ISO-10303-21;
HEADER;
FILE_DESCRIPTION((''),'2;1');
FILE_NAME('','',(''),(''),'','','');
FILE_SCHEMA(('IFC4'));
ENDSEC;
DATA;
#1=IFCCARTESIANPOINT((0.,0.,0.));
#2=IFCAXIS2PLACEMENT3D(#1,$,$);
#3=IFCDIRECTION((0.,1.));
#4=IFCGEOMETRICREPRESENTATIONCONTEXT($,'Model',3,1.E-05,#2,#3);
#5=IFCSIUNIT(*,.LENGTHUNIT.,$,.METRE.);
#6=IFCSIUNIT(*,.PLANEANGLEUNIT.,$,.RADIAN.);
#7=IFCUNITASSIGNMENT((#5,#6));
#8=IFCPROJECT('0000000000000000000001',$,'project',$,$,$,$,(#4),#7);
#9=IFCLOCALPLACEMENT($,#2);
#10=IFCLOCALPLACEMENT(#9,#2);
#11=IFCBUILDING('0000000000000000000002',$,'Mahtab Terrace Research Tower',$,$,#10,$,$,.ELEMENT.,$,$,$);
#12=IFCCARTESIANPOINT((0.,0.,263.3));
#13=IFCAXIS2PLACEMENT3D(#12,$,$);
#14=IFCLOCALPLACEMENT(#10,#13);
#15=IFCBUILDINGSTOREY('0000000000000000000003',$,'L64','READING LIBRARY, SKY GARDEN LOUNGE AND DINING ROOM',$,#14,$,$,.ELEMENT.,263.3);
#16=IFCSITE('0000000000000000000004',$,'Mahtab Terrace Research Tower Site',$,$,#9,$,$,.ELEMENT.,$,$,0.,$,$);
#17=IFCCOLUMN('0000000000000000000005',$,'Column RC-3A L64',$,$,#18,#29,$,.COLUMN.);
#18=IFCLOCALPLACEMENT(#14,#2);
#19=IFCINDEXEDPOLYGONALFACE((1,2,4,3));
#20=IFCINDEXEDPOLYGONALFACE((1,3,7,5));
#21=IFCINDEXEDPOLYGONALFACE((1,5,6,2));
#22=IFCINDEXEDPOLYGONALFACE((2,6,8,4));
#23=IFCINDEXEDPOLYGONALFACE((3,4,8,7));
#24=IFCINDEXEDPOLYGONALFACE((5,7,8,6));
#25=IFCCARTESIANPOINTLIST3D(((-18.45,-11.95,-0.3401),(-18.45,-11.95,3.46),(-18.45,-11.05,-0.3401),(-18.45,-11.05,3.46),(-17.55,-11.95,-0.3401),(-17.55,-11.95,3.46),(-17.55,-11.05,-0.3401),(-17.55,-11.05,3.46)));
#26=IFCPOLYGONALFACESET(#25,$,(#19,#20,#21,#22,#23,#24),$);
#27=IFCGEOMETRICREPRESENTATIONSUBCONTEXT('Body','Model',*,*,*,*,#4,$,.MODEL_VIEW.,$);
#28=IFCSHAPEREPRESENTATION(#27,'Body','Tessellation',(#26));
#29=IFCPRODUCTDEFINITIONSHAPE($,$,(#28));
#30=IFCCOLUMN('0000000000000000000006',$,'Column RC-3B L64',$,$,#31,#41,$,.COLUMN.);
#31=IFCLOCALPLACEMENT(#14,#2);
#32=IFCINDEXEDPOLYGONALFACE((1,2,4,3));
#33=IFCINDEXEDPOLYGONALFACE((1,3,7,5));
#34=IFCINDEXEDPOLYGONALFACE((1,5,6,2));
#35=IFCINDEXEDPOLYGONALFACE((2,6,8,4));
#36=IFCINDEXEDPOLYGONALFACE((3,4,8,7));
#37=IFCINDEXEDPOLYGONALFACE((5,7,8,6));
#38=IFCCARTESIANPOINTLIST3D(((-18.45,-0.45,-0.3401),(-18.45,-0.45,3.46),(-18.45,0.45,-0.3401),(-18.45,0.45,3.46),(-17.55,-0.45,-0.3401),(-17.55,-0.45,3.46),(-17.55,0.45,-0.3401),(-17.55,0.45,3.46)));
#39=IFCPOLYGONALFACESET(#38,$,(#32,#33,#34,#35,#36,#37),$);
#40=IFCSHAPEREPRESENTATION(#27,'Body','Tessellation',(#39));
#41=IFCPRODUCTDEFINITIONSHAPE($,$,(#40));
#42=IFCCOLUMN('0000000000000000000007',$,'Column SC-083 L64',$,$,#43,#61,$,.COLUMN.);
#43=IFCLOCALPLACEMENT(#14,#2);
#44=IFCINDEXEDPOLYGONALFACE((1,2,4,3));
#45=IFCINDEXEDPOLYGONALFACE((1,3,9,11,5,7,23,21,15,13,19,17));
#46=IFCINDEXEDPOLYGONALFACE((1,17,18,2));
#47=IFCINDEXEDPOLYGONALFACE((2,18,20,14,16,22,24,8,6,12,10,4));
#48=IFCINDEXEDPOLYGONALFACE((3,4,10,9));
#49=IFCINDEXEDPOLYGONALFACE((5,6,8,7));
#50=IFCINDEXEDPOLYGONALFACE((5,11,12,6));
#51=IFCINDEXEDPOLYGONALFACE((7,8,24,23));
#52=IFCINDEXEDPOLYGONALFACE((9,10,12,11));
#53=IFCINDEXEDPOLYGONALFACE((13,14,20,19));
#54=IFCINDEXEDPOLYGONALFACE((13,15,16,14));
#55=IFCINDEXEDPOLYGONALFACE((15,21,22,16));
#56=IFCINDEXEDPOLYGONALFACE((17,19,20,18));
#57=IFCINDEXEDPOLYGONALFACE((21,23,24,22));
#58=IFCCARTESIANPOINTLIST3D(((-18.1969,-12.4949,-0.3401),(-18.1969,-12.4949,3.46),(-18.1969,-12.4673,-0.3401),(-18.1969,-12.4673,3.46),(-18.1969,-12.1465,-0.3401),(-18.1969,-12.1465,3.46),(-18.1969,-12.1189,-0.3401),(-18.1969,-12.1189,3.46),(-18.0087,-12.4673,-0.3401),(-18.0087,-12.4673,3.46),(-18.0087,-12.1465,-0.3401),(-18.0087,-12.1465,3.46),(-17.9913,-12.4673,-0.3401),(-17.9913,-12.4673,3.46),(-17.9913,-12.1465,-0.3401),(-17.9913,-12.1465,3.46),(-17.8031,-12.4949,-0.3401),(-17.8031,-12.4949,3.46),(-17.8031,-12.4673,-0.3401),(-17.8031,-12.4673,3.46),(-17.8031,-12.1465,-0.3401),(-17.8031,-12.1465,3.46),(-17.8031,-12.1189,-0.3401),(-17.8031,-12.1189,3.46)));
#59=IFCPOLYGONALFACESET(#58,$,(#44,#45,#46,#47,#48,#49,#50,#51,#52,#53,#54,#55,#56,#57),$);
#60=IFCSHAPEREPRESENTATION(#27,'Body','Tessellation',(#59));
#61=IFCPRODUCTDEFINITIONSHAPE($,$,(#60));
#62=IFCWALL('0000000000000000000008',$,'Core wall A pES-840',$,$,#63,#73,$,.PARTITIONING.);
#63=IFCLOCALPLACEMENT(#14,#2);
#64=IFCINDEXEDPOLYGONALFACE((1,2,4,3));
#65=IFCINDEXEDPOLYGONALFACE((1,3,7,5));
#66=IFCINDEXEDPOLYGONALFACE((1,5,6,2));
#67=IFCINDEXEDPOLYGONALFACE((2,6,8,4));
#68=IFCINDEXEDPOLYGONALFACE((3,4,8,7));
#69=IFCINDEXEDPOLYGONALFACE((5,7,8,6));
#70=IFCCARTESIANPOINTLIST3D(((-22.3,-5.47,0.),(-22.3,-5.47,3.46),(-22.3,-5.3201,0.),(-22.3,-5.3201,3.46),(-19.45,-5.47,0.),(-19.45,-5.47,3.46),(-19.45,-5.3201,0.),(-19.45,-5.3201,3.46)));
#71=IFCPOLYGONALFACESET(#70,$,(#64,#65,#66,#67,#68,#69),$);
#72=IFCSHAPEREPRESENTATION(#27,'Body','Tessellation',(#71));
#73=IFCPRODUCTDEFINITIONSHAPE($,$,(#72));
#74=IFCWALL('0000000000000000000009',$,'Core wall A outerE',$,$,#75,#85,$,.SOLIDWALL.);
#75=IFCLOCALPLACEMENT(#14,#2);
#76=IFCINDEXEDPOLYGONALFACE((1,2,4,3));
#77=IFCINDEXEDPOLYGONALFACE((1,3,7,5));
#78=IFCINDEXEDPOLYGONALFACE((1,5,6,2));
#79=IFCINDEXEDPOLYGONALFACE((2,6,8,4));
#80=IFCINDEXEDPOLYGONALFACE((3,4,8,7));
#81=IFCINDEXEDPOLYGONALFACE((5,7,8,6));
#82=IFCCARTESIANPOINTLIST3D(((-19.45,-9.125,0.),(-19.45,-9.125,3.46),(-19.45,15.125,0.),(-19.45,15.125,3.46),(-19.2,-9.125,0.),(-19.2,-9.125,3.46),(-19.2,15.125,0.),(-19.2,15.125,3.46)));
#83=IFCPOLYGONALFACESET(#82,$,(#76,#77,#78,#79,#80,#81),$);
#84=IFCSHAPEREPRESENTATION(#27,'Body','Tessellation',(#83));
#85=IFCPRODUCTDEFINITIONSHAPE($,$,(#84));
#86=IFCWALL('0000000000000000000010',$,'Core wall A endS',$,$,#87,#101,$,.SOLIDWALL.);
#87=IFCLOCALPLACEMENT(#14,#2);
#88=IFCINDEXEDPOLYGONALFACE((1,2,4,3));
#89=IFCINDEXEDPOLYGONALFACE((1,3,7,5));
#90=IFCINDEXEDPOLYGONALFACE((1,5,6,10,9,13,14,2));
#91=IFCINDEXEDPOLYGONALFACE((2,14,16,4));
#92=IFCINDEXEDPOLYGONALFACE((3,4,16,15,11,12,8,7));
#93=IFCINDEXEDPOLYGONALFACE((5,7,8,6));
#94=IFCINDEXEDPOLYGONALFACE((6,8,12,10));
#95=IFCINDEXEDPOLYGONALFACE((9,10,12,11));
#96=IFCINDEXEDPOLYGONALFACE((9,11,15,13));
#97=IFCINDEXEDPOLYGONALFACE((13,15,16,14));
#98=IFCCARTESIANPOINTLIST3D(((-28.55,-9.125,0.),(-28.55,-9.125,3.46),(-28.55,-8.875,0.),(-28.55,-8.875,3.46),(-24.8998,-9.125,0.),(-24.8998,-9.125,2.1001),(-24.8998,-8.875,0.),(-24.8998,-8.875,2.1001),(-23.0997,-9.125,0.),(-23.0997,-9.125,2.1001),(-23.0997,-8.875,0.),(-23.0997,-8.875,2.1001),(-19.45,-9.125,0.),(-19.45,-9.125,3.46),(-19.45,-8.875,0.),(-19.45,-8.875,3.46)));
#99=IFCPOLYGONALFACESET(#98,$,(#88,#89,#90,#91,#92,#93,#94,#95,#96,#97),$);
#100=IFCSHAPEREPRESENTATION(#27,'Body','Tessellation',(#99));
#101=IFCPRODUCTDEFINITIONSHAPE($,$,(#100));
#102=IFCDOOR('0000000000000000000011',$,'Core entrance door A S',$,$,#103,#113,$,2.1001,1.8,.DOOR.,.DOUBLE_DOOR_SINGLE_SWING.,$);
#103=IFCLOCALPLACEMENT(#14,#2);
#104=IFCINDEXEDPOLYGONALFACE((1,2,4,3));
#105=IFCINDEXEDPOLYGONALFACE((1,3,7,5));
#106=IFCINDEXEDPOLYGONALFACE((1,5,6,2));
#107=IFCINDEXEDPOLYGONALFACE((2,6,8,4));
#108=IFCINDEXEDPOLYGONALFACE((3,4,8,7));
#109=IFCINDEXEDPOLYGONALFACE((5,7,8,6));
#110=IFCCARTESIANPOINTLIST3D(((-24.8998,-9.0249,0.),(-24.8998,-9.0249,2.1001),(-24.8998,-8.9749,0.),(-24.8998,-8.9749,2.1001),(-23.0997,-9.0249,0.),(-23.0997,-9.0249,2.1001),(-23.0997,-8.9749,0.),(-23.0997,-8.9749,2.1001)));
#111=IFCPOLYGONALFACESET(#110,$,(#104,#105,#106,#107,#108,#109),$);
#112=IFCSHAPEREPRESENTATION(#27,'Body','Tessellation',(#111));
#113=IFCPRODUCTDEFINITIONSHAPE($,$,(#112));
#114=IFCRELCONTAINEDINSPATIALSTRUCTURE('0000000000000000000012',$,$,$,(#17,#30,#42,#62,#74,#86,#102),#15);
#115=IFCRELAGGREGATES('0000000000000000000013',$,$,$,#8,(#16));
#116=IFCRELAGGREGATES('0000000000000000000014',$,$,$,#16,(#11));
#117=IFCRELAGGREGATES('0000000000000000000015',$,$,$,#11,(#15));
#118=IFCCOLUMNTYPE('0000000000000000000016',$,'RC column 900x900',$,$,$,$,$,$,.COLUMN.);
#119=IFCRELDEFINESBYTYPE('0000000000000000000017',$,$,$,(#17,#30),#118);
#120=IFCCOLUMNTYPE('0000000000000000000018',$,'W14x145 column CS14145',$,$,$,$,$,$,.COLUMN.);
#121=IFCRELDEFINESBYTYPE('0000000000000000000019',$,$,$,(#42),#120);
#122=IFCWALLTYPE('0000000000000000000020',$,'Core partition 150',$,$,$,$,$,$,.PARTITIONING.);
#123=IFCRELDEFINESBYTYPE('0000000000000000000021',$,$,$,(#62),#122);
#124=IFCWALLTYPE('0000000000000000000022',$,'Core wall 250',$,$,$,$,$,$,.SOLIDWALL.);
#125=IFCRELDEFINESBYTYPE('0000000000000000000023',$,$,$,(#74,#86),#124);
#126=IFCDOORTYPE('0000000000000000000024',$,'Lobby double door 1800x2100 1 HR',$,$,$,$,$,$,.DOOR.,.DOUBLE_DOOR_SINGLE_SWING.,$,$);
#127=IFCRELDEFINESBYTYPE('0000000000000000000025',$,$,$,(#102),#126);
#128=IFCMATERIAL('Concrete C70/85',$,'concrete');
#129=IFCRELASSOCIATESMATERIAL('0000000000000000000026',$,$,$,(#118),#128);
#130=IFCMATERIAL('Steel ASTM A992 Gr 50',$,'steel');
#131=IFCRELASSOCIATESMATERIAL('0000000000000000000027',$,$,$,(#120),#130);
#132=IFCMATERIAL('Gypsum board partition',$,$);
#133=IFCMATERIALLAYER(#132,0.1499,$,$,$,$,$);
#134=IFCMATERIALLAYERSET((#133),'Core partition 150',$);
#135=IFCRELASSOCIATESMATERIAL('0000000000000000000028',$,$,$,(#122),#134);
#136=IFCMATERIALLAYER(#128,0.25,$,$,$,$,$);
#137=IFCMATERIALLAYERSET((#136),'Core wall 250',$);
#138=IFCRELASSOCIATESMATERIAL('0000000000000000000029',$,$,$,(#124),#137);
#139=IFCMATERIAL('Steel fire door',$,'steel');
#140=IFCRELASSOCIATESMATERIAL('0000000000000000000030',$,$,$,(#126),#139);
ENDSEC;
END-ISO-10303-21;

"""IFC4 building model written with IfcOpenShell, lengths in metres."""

from ifc_helpers import new_model, si_unit, direction, frame, frame_2d, origin, origin_2d, place, context, subcontext, project, spatial, rectangle, i_section, extrude, material, layer, layer_set, material_profile, profile_set, type_object, element, fill, save


model = new_model("IFC4")

# Units and contexts
model_context = context("Model", 3, precision=1e-05, world=origin(), true_north=direction((0.0, 1.0)))
body_context = subcontext(model_context, "Body", "Model", "MODEL_VIEW")
ifc_project = project(units=[si_unit("LENGTHUNIT", "METRE"), si_unit("PLANEANGLEUNIT", "RADIAN")], contexts=[model_context])

# Site, building, storey
site_placement = place(None, origin())
site = spatial("IfcSite", under=ifc_project, at=site_placement, Name="Mahtab Terrace Research Tower Site", CompositionType="ELEMENT", RefElevation=0.0)
building_placement = place(site_placement, origin())
building = spatial("IfcBuilding", under=site, at=building_placement, Name="Mahtab Terrace Research Tower", CompositionType="ELEMENT")
storey_placement = place(building_placement, frame((0.0, 0.0, 263.3)))
storey = spatial("IfcBuildingStorey", under=building, at=storey_placement, Name="L64", Description="READING LIBRARY, SKY GARDEN LOUNGE AND DINING ROOM", CompositionType="ELEMENT", Elevation=263.3)

# Columns
ifc_material_1 = material(Name="Concrete C70/85", Category="concrete")
ifc_material_profile_1 = material_profile(ifc_material_1, rectangle(XDim=0.8999, YDim=0.8999, at=origin_2d()), Name="RC column 900x900")
ifc_profile_set_1 = profile_set([ifc_material_profile_1], Name="Concrete C70/85")
column_type_1 = type_object("IfcColumnType", Name="RC column 900x900", PredefinedType="COLUMN", material=ifc_profile_set_1)
for number, where, z_axis, x_axis, name in (
    (1, (-18.0, -11.5, -0.3401), (0.0, 0.0, 1.0), (1.0, 0.0, 0.0), "Column RC-3A L64"),
    (2, (-18.0, 0.0, -0.3401), (0.0, 0.0, 1.0), (1.0, 0.0, 0.0), "Column RC-3B L64"),
):
    element("IfcColumn", number, at=place(storey_placement, frame(where, z_axis=z_axis, x_axis=x_axis)), inside=storey, type_object=column_type_1, Name=name, PredefinedType="COLUMN", context=body_context, shape_type="SweptSolid", body=[
        extrude(rectangle(XDim=0.8999, YDim=0.8999, at=origin_2d()), origin(), (0.0, 0.0, 1.0), 3.8),
    ])
ifc_material_2 = material(Name="Steel ASTM A992 Gr 50", Category="steel")
ifc_material_profile_2 = material_profile(ifc_material_2, i_section(OverallWidth=0.3938, OverallDepth=0.376, WebThickness=0.0173, FlangeThickness=0.0276, at=origin_2d()), Name="W14X145")
ifc_profile_set_2 = profile_set([ifc_material_profile_2], Name="Steel ASTM A992 Gr 50")
column_type_2 = type_object("IfcColumnType", Name="W14x145 column CS14145", PredefinedType="COLUMN", material=ifc_profile_set_2)
column_placement = place(storey_placement, frame((-18.0, -12.3069, -0.3401), z_axis=(0.0, 0.0, 1.0), x_axis=(1.0, 0.0, 0.0)))
element("IfcColumn", 3, at=column_placement, inside=storey, type_object=column_type_2, Name="Column SC-083 L64", PredefinedType="COLUMN", context=body_context, shape_type="SweptSolid", body=[
    extrude(i_section(OverallWidth=0.3938, OverallDepth=0.376, WebThickness=0.0173, FlangeThickness=0.0276, at=origin_2d()), origin(), (0.0, 0.0, 1.0), 3.8),
])

# Walls
ifc_material_3 = material(Name="Gypsum board partition")
ifc_layer_1 = layer(ifc_material_3, 0.1499)
ifc_layer_set_1 = layer_set([ifc_layer_1], Name="Core partition 150")
wall_type_1 = type_object("IfcWallType", Name="Core partition 150", PredefinedType="PARTITIONING", material=ifc_layer_set_1)
wall_1_placement = place(storey_placement, frame((-22.3, -5.395, 0.0), z_axis=(0.0, 0.0, 1.0), x_axis=(1.0, 0.0, 0.0)))
element("IfcWall", 4, at=wall_1_placement, inside=storey, type_object=wall_type_1, Name="Core wall A pES-840", PredefinedType="PARTITIONING", context=body_context, shape_type="SweptSolid", body=[
    extrude(rectangle(XDim=2.8501, YDim=0.1499, at=frame_2d((1.425, 0.0))), origin(), (0.0, 0.0, 1.0), 3.46),
])
ifc_layer_2 = layer(ifc_material_1, 0.25)
ifc_layer_set_2 = layer_set([ifc_layer_2], Name="Core wall 250")
wall_type_2 = type_object("IfcWallType", Name="Core wall 250", PredefinedType="SOLIDWALL", material=ifc_layer_set_2)
wall_2_placement = place(storey_placement, frame((-19.325, -9.125, 0.0), z_axis=(0.0, 0.0, 1.0), x_axis=(0.0, 1.0, 0.0)))
element("IfcWall", 5, at=wall_2_placement, inside=storey, type_object=wall_type_2, Name="Core wall A outerE", PredefinedType="SOLIDWALL", context=body_context, shape_type="SweptSolid", body=[
    extrude(rectangle(XDim=24.25, YDim=0.25, at=frame_2d((12.125, 0.0))), origin(), (0.0, 0.0, 1.0), 3.46),
])

# Wall, opening, door
wall_3_placement = place(storey_placement, frame((-19.45, -9.0, 0.0), z_axis=(0.0, 0.0, 1.0), x_axis=(-1.0, 0.0, 0.0)))
wall_3 = element("IfcWall", 6, at=wall_3_placement, inside=storey, type_object=wall_type_2, Name="Core wall A endS", PredefinedType="SOLIDWALL", context=body_context, shape_type="SweptSolid", body=[
    extrude(rectangle(XDim=9.1001, YDim=0.25, at=frame_2d((4.55, 0.0))), origin(), (0.0, 0.0, 1.0), 3.46),
])
opening_1_placement = place(wall_3_placement, frame((3.6499, 0.0, 0.0)))
opening_1 = element("IfcOpeningElement", 7, at=opening_1_placement, cuts=wall_3, PredefinedType="OPENING", context=body_context, shape_type="SweptSolid", body=[
    extrude(rectangle(XDim=1.8, YDim=2.1001, at=frame_2d((0.8999, 1.05))), frame((0.0, 0.135, 0.0), z_axis=(0.0, -1.0, 0.0), x_axis=(1.0, 0.0, 0.0)), (0.0, 0.0, 1.0), 0.27),
])
ifc_material_4 = material(Name="Steel fire door", Category="steel")
door_type_1 = type_object("IfcDoorType", Name="Lobby double door 1800x2100 1 HR", OperationType="DOUBLE_DOOR_SINGLE_SWING", PredefinedType="DOOR", material=ifc_material_4)
door_1_placement = place(opening_1_placement, origin())
door_1 = element("IfcDoor", 8, at=door_1_placement, inside=storey, type_object=door_type_1, Name="Core entrance door A S", OperationType="DOUBLE_DOOR_SINGLE_SWING", OverallHeight=2.1001, OverallWidth=1.8, PredefinedType="DOOR", context=body_context, shape_type="SweptSolid", body=[
    extrude(rectangle(XDim=1.8, YDim=2.1001, at=frame_2d((0.8999, 1.05))), frame((0.0, 0.0249, 0.0), z_axis=(0.0, -1.0, 0.0), x_axis=(1.0, 0.0, 0.0)), (0.0, 0.0, 1.0), 0.05),
])
fill(opening_1, door_1)

save(model, "model.ifc")
